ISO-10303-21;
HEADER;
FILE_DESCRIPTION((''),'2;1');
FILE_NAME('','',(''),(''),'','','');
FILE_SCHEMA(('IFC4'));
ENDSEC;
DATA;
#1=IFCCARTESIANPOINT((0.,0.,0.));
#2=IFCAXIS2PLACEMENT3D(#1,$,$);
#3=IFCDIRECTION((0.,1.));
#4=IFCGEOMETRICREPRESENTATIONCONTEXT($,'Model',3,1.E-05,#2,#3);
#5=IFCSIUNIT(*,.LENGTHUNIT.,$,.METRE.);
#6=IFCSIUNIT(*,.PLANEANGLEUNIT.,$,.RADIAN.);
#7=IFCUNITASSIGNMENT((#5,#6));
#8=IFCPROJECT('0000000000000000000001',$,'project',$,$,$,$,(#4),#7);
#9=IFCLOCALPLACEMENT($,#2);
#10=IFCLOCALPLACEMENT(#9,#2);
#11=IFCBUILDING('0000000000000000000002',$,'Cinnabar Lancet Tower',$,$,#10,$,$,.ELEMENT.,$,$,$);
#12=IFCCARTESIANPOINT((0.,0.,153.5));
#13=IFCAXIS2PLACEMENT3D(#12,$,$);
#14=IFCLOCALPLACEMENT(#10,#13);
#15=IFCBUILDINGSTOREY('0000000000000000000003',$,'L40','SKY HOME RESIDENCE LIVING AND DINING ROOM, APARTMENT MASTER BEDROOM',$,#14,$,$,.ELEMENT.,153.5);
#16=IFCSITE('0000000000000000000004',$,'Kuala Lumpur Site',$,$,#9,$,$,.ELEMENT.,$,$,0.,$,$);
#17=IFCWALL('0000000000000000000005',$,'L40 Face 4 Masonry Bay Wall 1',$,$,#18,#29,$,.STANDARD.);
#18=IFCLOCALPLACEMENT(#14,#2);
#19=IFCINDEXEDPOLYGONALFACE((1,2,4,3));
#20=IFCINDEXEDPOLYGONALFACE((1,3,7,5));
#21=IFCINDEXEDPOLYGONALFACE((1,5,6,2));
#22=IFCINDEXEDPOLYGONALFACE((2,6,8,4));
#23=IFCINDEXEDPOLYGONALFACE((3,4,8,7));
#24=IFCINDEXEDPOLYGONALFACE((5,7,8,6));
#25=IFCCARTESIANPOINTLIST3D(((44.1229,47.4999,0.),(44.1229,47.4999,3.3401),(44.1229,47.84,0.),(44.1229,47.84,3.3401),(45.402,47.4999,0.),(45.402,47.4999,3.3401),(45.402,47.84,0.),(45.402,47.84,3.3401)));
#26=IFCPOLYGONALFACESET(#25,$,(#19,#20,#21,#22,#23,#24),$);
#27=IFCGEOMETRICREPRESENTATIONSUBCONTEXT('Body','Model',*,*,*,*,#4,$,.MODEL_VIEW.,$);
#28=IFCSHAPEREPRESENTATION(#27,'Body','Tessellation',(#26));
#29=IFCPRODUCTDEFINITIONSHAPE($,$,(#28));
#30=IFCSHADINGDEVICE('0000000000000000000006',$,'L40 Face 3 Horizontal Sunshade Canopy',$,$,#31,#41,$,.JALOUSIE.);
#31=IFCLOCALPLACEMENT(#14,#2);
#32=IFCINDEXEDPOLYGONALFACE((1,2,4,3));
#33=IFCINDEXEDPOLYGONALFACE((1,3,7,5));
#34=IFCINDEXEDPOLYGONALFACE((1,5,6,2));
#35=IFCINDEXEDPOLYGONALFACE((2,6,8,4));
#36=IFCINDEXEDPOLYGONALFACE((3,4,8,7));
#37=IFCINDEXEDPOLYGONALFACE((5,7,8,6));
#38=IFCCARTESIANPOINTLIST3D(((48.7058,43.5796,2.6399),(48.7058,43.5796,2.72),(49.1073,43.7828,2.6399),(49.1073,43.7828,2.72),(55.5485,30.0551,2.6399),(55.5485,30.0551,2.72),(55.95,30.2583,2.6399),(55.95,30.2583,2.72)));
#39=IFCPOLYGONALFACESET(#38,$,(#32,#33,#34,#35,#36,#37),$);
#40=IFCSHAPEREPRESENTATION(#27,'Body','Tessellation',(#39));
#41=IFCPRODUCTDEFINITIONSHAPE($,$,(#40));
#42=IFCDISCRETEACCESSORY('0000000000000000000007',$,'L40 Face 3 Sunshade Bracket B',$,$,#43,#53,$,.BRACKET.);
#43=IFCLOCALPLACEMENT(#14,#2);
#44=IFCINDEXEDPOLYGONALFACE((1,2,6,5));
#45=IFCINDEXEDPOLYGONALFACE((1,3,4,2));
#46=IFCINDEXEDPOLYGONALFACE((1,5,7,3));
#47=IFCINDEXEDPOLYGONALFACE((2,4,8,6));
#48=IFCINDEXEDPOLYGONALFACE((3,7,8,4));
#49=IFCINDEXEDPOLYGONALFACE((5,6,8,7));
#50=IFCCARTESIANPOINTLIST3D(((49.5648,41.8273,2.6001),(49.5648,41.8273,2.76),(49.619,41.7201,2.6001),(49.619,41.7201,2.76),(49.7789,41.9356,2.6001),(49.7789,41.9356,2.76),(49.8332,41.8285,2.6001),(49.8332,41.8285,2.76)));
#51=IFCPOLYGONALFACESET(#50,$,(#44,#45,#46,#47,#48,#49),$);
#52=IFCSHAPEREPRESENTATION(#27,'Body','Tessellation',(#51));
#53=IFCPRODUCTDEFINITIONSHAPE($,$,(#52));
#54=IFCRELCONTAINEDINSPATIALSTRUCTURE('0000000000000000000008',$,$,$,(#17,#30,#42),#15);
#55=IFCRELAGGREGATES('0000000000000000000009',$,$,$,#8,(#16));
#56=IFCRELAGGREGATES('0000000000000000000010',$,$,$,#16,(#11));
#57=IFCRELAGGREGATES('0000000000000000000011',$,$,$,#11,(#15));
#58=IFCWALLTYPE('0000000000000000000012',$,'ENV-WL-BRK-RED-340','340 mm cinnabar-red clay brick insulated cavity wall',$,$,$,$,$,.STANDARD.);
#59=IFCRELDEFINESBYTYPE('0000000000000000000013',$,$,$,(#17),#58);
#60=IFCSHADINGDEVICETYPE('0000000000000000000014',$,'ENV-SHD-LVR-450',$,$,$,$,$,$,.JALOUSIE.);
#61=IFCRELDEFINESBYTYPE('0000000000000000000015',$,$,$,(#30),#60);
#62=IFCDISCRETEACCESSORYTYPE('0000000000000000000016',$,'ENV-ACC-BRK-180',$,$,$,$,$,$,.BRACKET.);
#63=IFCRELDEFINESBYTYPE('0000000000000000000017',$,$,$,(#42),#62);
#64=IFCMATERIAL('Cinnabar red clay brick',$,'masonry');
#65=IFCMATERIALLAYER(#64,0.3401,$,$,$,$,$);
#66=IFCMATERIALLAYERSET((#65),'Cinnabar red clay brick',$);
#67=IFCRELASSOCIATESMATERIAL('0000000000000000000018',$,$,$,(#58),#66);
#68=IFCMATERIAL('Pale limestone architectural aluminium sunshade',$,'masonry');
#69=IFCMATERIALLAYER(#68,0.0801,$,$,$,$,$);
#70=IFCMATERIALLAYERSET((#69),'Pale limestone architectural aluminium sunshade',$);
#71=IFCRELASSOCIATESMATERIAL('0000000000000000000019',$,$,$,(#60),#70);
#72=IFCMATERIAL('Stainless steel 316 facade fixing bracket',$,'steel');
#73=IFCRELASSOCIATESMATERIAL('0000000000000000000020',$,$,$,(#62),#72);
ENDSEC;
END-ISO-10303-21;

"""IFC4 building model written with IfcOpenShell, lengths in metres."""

from ifc_helpers import new_model, si_unit, direction, frame, frame_2d, origin, origin_2d, place, context, subcontext, project, spatial, rectangle, extrude, material, layer, layer_set, type_object, element, save


model = new_model("IFC4")

# Units and contexts
model_context = context("Model", 3, precision=1e-05, world=origin(), true_north=direction((0.0, 1.0)))
body_context = subcontext(model_context, "Body", "Model", "MODEL_VIEW")
ifc_project = project(units=[si_unit("LENGTHUNIT", "METRE"), si_unit("PLANEANGLEUNIT", "RADIAN")], contexts=[model_context])

# Site, building, storey
site_placement = place(None, origin())
site = spatial("IfcSite", under=ifc_project, at=site_placement, Name="Kuala Lumpur Site", CompositionType="ELEMENT", RefElevation=0.0)
building_placement = place(site_placement, origin())
building = spatial("IfcBuilding", under=site, at=building_placement, Name="Cinnabar Lancet Tower", CompositionType="ELEMENT")
storey_placement = place(building_placement, frame((0.0, 0.0, 153.5)))
storey = spatial("IfcBuildingStorey", under=building, at=storey_placement, Name="L40", Description="SKY HOME RESIDENCE LIVING AND DINING ROOM, APARTMENT MASTER BEDROOM", CompositionType="ELEMENT", Elevation=153.5)

# Shared definitions
ifc_material_1 = material(Name="Cinnabar red clay brick", Category="masonry")
ifc_layer_1 = layer(ifc_material_1, 0.3401)
ifc_layer_set_1 = layer_set([ifc_layer_1], Name="Cinnabar red clay brick")
wall_type_1 = type_object("IfcWallType", Name="ENV-WL-BRK-RED-340", Description="340 mm cinnabar-red clay brick insulated cavity wall", PredefinedType="STANDARD", material=ifc_layer_set_1)

# Wall
wall_1_placement = place(storey_placement, frame((45.4021, 47.6699, 0.0), z_axis=(0.0, 0.0, 1.0), x_axis=(-1.0, 0.0, 0.0)))
element("IfcWall", 1, at=wall_1_placement, inside=storey, type_object=wall_type_1, Name="L40 Face 4 Masonry Bay Wall 1", PredefinedType="STANDARD", context=body_context, shape_type="SweptSolid", body=[
    extrude(rectangle(XDim=1.2791, YDim=0.3401, at=frame_2d((0.6396, 0.0))), origin(), (0.0, 0.0, 1.0), 3.3401),
])

# Shading device
ifc_material_2 = material(Name="Pale limestone architectural aluminium sunshade", Category="masonry")
ifc_layer_2 = layer(ifc_material_2, 0.0801)
ifc_layer_set_2 = layer_set([ifc_layer_2], Name="Pale limestone architectural aluminium sunshade")
shading_device_type = type_object("IfcShadingDeviceType", Name="ENV-SHD-LVR-450", PredefinedType="JALOUSIE", material=ifc_layer_set_2)
shading_device_placement = place(storey_placement, frame((52.3279, 36.9189, 2.6399), z_axis=(0.0, 0.0, 1.0), x_axis=(-0.451454, 0.892294, 0.0)))
element("IfcShadingDevice", 2, at=shading_device_placement, inside=storey, type_object=shading_device_type, Name="L40 Face 3 Horizontal Sunshade Canopy", PredefinedType="JALOUSIE", context=body_context, shape_type="SweptSolid", body=[
    extrude(rectangle(XDim=15.157, YDim=0.45, at=origin_2d()), origin(), (0.0, 0.0, 1.0), 0.0801),
])

# Discrete accessory
ifc_material_3 = material(Name="Stainless steel 316 facade fixing bracket", Category="steel")
discrete_accessory_type = type_object("IfcDiscreteAccessoryType", Name="ENV-ACC-BRK-180", PredefinedType="BRACKET", material=ifc_material_3)
discrete_accessory_placement = place(storey_placement, frame((49.699, 41.8279, 2.6001), z_axis=(0.0, 0.0, 1.0), x_axis=(-0.451454, 0.892294, 0.0)))
element("IfcDiscreteAccessory", 3, at=discrete_accessory_placement, inside=storey, type_object=discrete_accessory_type, Name="L40 Face 3 Sunshade Bracket B", PredefinedType="BRACKET", context=body_context, shape_type="SweptSolid", body=[
    extrude(rectangle(XDim=0.1201, YDim=0.24, at=origin_2d()), origin(), (0.0, 0.0, 1.0), 0.1599),
])

save(model, "model.ifc")
